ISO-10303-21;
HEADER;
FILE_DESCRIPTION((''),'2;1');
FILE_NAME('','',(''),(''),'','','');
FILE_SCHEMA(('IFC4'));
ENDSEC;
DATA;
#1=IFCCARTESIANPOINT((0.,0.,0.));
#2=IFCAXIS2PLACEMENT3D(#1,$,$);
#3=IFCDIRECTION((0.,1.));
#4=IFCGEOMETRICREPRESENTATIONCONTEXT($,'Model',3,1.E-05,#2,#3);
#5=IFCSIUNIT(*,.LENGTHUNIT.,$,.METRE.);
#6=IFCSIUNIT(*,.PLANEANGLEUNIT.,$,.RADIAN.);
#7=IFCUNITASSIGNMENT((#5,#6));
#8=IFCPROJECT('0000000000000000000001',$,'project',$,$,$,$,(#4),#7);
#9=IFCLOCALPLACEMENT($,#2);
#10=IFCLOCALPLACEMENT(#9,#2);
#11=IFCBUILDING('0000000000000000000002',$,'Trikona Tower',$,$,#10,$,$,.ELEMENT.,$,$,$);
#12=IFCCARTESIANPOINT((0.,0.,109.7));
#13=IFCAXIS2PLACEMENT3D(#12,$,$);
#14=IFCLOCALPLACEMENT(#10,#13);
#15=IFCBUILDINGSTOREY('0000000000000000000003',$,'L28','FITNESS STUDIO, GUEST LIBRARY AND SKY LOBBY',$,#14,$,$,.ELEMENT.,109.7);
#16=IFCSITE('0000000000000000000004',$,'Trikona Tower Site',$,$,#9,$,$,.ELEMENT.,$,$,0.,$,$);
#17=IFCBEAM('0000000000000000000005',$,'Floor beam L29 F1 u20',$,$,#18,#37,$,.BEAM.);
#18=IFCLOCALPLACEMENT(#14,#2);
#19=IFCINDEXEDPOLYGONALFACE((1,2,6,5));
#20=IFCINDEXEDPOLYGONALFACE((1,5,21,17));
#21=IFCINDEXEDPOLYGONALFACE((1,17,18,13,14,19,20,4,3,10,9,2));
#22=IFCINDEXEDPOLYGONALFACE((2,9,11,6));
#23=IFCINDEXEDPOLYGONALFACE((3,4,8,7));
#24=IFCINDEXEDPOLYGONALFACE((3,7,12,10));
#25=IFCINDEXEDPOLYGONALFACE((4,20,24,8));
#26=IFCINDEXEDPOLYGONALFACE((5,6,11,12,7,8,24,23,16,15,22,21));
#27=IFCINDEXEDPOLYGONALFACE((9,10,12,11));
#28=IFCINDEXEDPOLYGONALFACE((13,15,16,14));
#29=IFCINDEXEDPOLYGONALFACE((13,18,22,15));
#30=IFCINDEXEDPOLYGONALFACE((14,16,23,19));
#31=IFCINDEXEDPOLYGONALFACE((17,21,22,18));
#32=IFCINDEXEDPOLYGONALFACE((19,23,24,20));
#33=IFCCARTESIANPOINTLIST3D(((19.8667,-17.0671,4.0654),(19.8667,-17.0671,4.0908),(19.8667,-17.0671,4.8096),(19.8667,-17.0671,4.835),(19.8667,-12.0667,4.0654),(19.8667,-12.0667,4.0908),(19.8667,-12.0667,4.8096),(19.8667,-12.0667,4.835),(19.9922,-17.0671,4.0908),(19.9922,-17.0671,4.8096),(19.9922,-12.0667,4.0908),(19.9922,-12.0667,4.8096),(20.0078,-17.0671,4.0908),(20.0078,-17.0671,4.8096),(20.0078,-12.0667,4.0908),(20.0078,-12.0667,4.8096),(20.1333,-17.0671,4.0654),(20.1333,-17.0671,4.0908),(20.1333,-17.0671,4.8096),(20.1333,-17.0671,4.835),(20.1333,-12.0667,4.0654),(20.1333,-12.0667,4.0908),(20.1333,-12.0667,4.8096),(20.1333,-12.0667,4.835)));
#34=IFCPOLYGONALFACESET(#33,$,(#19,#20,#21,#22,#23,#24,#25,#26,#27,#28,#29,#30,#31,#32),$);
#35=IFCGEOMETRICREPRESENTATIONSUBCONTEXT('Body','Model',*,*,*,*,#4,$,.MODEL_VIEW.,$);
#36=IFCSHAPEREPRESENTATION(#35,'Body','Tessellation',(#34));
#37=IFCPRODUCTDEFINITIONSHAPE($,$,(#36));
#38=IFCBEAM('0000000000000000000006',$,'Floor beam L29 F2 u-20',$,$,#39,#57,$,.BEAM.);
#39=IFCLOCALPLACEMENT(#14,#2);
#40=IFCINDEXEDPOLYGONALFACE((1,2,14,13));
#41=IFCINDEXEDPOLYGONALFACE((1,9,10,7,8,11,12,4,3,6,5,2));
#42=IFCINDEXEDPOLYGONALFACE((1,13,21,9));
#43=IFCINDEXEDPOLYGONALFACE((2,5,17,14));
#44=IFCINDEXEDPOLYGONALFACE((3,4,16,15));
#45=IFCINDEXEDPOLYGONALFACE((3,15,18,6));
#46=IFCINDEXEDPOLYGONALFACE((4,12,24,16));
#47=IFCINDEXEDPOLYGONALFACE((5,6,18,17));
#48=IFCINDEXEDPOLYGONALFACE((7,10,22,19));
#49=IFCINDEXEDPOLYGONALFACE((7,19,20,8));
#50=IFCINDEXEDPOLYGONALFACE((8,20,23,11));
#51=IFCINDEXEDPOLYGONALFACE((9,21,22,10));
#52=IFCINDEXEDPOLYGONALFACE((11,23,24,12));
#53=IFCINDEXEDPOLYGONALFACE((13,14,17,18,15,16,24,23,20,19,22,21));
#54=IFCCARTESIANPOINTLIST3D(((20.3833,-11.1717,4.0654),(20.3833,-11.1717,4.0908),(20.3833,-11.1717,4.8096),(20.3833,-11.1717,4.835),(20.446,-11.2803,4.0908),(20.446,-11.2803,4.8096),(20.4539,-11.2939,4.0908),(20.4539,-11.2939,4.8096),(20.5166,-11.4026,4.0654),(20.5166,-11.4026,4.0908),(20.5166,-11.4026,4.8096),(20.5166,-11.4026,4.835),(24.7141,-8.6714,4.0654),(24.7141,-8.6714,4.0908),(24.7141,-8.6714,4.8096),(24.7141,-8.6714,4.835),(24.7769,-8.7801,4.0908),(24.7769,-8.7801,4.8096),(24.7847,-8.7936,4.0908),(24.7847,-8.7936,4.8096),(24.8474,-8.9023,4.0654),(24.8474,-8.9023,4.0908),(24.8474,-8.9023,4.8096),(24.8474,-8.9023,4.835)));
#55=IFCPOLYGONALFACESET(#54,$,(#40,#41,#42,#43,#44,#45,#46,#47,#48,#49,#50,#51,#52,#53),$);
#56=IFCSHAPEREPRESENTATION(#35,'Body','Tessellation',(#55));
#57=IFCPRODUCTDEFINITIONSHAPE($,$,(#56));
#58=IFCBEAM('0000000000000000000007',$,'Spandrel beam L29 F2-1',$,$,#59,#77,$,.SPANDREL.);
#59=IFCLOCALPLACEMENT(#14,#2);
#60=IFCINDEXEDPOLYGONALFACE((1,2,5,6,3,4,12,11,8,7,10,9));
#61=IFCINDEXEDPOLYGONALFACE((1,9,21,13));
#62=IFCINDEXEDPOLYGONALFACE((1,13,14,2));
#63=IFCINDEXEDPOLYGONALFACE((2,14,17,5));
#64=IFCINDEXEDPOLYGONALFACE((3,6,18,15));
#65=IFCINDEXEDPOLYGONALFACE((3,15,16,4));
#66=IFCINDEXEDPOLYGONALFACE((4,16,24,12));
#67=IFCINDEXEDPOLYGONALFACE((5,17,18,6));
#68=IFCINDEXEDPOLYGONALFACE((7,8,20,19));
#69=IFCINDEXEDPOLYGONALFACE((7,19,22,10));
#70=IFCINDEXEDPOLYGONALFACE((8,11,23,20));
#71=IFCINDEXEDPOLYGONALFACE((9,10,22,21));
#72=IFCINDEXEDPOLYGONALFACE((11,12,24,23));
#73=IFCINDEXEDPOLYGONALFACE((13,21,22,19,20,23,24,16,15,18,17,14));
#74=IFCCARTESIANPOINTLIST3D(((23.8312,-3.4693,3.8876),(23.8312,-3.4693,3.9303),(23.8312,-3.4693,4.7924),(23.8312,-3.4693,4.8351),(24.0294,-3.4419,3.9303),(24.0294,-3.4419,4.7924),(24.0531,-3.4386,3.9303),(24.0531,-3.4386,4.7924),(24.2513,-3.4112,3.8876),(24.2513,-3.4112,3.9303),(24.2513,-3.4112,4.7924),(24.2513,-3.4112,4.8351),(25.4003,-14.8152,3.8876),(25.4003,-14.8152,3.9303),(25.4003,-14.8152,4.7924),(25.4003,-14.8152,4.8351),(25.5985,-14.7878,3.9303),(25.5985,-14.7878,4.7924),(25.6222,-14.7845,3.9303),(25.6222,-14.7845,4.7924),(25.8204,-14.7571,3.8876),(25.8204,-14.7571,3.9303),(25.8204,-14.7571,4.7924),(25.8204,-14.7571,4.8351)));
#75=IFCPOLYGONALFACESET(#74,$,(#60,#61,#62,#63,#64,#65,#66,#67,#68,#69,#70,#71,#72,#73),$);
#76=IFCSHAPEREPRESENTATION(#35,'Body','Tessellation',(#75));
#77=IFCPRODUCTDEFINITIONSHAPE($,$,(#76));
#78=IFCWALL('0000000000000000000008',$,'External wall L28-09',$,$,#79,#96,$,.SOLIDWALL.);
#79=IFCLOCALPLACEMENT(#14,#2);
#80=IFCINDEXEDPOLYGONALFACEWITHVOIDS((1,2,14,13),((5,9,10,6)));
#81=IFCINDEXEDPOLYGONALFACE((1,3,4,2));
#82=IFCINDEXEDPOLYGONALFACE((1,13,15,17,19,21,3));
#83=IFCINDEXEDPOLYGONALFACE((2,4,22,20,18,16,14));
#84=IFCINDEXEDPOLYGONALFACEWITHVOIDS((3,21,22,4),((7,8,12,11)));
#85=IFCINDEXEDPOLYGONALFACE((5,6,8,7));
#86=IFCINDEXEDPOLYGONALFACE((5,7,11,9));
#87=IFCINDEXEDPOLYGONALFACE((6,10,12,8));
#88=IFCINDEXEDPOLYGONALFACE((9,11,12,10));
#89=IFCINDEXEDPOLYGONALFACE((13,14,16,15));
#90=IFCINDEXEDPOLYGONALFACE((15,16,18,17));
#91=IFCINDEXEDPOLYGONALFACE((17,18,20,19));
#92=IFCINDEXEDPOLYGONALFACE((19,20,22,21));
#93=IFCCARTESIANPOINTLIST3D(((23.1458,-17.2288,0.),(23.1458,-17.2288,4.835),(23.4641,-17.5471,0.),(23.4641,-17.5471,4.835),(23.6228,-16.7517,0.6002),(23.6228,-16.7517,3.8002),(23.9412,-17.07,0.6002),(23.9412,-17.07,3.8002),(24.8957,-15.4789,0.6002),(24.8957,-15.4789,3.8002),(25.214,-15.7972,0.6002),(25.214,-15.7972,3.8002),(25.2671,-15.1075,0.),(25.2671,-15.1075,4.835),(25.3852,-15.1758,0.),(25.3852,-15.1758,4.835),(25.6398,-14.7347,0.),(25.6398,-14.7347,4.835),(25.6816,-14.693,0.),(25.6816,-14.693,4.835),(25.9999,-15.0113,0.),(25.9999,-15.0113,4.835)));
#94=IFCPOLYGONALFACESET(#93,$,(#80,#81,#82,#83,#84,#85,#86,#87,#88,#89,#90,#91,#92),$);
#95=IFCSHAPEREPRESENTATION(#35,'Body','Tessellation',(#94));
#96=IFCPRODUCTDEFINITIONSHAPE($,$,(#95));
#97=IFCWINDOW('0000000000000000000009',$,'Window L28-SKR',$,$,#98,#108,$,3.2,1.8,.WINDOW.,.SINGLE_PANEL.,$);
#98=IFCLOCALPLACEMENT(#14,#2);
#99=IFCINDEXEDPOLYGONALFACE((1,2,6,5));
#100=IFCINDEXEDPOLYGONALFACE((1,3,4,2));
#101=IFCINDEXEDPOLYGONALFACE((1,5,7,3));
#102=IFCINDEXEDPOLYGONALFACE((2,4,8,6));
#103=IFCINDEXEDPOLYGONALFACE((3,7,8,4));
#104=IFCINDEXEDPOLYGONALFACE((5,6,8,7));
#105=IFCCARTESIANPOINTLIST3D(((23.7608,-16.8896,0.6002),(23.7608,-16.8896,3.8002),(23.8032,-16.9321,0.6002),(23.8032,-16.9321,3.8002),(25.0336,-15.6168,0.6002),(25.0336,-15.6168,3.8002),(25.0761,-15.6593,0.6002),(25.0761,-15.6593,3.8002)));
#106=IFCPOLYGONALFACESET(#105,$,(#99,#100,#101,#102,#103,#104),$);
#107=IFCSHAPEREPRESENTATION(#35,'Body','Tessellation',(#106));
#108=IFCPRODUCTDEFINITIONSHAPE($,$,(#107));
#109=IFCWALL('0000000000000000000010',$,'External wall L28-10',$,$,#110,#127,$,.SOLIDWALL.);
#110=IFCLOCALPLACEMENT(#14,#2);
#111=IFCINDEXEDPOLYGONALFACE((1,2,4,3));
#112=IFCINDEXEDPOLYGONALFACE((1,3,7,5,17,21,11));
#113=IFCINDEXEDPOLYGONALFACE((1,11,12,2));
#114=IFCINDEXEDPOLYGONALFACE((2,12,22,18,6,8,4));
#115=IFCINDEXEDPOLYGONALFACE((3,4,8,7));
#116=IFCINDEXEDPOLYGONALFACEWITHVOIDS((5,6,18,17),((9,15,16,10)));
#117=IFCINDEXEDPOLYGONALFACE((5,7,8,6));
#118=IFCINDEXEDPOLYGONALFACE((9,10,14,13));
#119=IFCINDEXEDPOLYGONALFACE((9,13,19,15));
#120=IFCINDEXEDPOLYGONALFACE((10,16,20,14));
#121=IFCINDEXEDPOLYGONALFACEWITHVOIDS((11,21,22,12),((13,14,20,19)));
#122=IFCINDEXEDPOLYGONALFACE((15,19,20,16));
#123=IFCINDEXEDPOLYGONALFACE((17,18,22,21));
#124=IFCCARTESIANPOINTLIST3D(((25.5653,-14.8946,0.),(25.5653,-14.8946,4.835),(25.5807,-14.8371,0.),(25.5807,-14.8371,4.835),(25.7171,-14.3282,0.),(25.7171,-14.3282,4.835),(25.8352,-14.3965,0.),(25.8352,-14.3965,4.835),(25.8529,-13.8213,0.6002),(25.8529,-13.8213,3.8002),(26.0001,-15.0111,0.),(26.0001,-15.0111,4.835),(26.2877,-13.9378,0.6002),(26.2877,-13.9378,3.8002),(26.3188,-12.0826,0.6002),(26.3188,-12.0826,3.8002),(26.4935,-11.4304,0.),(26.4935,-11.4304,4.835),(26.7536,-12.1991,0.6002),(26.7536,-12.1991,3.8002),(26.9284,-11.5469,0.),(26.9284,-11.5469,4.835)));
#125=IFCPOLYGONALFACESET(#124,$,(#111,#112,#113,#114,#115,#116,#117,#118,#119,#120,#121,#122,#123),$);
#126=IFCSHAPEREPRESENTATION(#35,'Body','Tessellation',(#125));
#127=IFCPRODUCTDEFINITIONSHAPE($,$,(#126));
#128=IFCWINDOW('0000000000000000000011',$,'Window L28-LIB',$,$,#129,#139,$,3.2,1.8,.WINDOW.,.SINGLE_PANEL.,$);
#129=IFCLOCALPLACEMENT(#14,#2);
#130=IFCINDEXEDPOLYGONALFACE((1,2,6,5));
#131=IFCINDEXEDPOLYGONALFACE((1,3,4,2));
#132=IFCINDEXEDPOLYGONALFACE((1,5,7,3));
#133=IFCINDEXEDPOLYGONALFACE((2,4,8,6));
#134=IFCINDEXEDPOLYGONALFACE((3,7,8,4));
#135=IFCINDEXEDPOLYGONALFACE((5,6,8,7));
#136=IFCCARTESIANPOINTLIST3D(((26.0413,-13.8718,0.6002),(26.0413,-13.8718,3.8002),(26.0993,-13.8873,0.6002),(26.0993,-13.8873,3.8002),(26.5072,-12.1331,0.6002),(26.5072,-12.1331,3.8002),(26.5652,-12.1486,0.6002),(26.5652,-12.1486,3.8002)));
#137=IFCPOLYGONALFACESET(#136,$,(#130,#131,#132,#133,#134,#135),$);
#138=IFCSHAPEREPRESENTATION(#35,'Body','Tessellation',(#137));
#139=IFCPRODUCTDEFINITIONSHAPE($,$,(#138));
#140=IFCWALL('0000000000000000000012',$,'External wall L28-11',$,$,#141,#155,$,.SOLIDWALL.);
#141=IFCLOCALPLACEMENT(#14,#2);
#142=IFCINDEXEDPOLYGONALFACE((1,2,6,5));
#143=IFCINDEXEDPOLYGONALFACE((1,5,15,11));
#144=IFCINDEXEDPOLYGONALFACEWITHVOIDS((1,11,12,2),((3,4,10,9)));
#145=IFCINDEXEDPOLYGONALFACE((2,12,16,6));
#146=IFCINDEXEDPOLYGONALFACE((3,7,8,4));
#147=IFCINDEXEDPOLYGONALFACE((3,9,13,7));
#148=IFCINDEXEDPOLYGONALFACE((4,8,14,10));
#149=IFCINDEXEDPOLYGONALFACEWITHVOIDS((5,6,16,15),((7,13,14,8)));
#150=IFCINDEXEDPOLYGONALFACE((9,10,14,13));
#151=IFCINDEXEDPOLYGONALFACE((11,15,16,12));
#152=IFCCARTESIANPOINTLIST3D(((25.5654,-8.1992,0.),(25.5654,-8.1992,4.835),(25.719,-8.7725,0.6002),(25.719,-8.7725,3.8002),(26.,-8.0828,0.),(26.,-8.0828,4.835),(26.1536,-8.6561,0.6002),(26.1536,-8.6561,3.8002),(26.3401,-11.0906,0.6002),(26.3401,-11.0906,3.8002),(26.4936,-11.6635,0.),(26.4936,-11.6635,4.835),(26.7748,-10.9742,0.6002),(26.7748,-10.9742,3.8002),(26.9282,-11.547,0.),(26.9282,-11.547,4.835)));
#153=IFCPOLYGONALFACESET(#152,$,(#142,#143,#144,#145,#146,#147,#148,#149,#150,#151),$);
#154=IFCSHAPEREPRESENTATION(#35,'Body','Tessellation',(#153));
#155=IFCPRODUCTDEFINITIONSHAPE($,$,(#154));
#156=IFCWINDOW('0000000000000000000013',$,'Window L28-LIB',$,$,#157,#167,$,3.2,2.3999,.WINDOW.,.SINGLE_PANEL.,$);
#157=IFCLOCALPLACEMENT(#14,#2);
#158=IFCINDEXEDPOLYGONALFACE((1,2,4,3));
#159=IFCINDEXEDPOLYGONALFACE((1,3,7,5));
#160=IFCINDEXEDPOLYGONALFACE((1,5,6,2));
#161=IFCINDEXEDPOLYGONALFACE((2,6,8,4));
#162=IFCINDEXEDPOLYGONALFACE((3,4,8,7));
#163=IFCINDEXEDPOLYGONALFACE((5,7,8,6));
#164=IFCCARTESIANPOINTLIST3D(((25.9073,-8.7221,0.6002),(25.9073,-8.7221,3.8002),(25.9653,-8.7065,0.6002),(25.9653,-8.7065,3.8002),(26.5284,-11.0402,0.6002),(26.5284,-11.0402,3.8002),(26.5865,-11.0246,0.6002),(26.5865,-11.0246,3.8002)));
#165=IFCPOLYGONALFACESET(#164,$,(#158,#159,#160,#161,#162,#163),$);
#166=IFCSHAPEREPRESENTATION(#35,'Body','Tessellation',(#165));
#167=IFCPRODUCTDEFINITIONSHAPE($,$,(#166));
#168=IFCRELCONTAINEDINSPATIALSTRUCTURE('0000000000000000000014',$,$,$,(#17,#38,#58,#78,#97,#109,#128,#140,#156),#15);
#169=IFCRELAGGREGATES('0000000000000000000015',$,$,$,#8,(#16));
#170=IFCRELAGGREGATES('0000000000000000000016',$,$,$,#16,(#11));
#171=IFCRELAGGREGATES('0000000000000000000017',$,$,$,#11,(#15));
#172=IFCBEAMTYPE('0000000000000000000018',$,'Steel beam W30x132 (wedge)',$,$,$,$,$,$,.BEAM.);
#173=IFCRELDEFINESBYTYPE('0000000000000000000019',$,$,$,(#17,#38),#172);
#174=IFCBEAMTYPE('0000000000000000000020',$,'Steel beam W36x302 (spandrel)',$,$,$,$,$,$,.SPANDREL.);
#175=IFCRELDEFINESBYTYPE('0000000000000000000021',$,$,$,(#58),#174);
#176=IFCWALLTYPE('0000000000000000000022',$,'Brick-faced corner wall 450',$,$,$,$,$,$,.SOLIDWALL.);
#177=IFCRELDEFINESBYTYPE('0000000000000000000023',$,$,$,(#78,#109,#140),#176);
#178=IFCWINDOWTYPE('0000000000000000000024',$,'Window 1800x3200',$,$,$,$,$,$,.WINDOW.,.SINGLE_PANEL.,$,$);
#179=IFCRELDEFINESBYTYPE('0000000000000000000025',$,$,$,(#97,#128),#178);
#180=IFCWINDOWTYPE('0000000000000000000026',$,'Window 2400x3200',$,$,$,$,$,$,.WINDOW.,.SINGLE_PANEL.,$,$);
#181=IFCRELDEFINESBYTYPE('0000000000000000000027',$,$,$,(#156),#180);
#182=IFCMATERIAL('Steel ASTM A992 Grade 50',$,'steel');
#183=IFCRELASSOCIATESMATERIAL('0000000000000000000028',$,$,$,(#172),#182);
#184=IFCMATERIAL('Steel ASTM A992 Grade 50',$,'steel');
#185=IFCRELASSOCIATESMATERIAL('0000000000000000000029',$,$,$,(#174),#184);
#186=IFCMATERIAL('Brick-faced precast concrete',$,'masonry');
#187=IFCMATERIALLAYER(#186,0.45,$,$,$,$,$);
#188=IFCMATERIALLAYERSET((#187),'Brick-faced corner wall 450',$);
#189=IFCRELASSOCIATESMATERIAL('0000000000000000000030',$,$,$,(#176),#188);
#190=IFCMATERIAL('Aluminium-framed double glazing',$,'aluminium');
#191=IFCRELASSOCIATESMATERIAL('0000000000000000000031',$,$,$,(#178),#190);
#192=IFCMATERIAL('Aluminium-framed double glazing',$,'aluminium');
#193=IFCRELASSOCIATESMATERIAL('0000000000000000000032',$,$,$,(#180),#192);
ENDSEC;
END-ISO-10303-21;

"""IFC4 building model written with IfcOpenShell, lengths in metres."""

from ifc_helpers import new_model, si_unit, direction, frame, frame_2d, origin, origin_2d, place, context, subcontext, project, spatial, polyline, rectangle, i_section, outline, extrude, material, layer, layer_set, material_profile, profile_set, type_object, element, fill, save


model = new_model("IFC4")

# Units and contexts
model_context = context("Model", 3, precision=1e-05, world=origin(), true_north=direction((0.0, 1.0)))
body_context = subcontext(model_context, "Body", "Model", "MODEL_VIEW")
ifc_project = project(units=[si_unit("LENGTHUNIT", "METRE"), si_unit("PLANEANGLEUNIT", "RADIAN")], contexts=[model_context])

# Site, building, storey
site_placement = place(None, origin())
site = spatial("IfcSite", under=ifc_project, at=site_placement, Name="Trikona Tower Site", CompositionType="ELEMENT", RefElevation=0.0)
building_placement = place(site_placement, origin())
building = spatial("IfcBuilding", under=site, at=building_placement, Name="Trikona Tower", CompositionType="ELEMENT")
storey_placement = place(building_placement, frame((0.0, 0.0, 109.7)))
storey = spatial("IfcBuildingStorey", under=building, at=storey_placement, Name="L28", Description="FITNESS STUDIO, GUEST LIBRARY AND SKY LOBBY", CompositionType="ELEMENT", Elevation=109.7)

# Beams
ifc_material_1 = material(Name="Steel ASTM A992 Grade 50", Category="steel")
ifc_material_profile_1 = material_profile(ifc_material_1, i_section(OverallWidth=0.2666, OverallDepth=0.7695, WebThickness=0.0156, FlangeThickness=0.0254, at=origin_2d()), Name="W30X132")
ifc_profile_set_1 = profile_set([ifc_material_profile_1], Name="Steel ASTM A992 Grade 50")
beam_type_1 = type_object("IfcBeamType", Name="Steel beam W30x132 (wedge)", PredefinedType="BEAM", material=ifc_profile_set_1)
beam_1_placement = place(storey_placement, frame((20.0, -12.0667, 4.4502), z_axis=(0.0, -1.0, 0.0), x_axis=(1.0, 0.0, 0.0)))
element("IfcBeam", 1, at=beam_1_placement, inside=storey, type_object=beam_type_1, Name="Floor beam L29 F1 u20", PredefinedType="BEAM", context=body_context, shape_type="SweptSolid", body=[
    extrude(i_section(OverallWidth=0.2666, OverallDepth=0.7695, WebThickness=0.0156, FlangeThickness=0.0254, at=origin_2d()), origin(), (0.0, 0.0, 1.0), 5.0005),
])
beam_2_placement = place(storey_placement, frame((20.45, -11.2871, 4.4502), z_axis=(0.866038, 0.499977, 0.0), x_axis=(-0.499977, 0.866038, 0.0)))
element("IfcBeam", 2, at=beam_2_placement, inside=storey, type_object=beam_type_1, Name="Floor beam L29 F2 u-20", PredefinedType="BEAM", context=body_context, shape_type="SweptSolid", body=[
    extrude(i_section(OverallWidth=0.2666, OverallDepth=0.7695, WebThickness=0.0156, FlangeThickness=0.0254, at=origin_2d()), origin(), (0.0, 0.0, 1.0), 5.0007),
])
ifc_material_2 = material(Name="Steel ASTM A992 Grade 50", Category="steel")
ifc_material_profile_2 = material_profile(ifc_material_2, i_section(OverallWidth=0.4241, OverallDepth=0.9475, WebThickness=0.0239, FlangeThickness=0.0427, at=origin_2d()), Name="W36X302")
ifc_profile_set_2 = profile_set([ifc_material_profile_2], Name="Steel ASTM A992 Grade 50")
beam_type_2 = type_object("IfcBeamType", Name="Steel beam W36x302 (spandrel)", PredefinedType="SPANDREL", material=ifc_profile_set_2)
beam_3_placement = place(storey_placement, frame((25.6104, -14.7861, 4.3613), z_axis=(-0.136992, 0.990572, 0.0), x_axis=(-0.990572, -0.136992, 0.0)))
element("IfcBeam", 3, at=beam_3_placement, inside=storey, type_object=beam_type_2, Name="Spandrel beam L29 F2-1", PredefinedType="SPANDREL", context=body_context, shape_type="SweptSolid", body=[
    extrude(i_section(OverallWidth=0.4241, OverallDepth=0.9475, WebThickness=0.0239, FlangeThickness=0.0427, at=origin_2d()), origin(), (0.0, 0.0, 1.0), 11.4539),
])

# Walls, openings, windows
ifc_material_3 = material(Name="Brick-faced precast concrete", Category="masonry")
ifc_layer_1 = layer(ifc_material_3, 0.45)
ifc_layer_set_1 = layer_set([ifc_layer_1], Name="Brick-faced corner wall 450")
wall_type_1 = type_object("IfcWallType", Name="Brick-faced corner wall 450", PredefinedType="SOLIDWALL", material=ifc_layer_set_1)
wall_1_placement = place(storey_placement, frame((23.3049, -17.3879, 0.0), z_axis=(0.0, 0.0, 1.0), x_axis=(0.707107, 0.707107, 0.0)))
wall_1 = element("IfcWall", 4, at=wall_1_placement, inside=storey, type_object=wall_type_1, Name="External wall L28-09", PredefinedType="SOLIDWALL", context=body_context, shape_type="SweptSolid", body=[
    extrude(outline(polyline([(3.5862, 0.2251), (3.5271, 0.2251), (3.0352, 0.0933), (3.0, 0.2251), (0.0, 0.2251), (0.0, -0.2251), (3.5862, -0.2251), (3.5862, 0.2251)])), origin(), (0.0, 0.0, 1.0), 4.835),
])
opening_1_placement = place(wall_1_placement, frame((0.6748, 0.0, 0.6001)))
opening_1 = element("IfcOpeningElement", 5, at=opening_1_placement, cuts=wall_1, PredefinedType="OPENING", context=body_context, shape_type="SweptSolid", body=[
    extrude(rectangle(XDim=1.8, YDim=3.2, at=frame_2d((0.8999, 1.6001))), frame((0.0, 0.2349, 0.0), z_axis=(0.0, -1.0, 0.0), x_axis=(1.0, 0.0, 0.0)), (0.0, 0.0, 1.0), 0.47),
])
ifc_material_4 = material(Name="Aluminium-framed double glazing", Category="aluminium")
window_type_1 = type_object("IfcWindowType", Name="Window 1800x3200", PartitioningType="SINGLE_PANEL", PredefinedType="WINDOW", material=ifc_material_4)
window_1_placement = place(opening_1_placement, origin())
window_1 = element("IfcWindow", 6, at=window_1_placement, inside=storey, type_object=window_type_1, Name="Window L28-SKR", OverallHeight=3.2, OverallWidth=1.8, PartitioningType="SINGLE_PANEL", PredefinedType="WINDOW", context=body_context, shape_type="SweptSolid", body=[
    extrude(rectangle(XDim=1.8, YDim=3.2, at=frame_2d((0.8999, 1.6001))), frame((0.0, 0.03, 0.0), z_axis=(0.0, -1.0, 0.0), x_axis=(1.0, 0.0, 0.0)), (0.0, 0.0, 1.0), 0.0601),
])
fill(opening_1, window_1)
wall_2_placement = place(storey_placement, frame((25.7827, -14.9529, 0.0), z_axis=(0.0, 0.0, 1.0), x_axis=(0.258823, 0.965925, 0.0)))
wall_2 = element("IfcWall", 7, at=wall_2_placement, inside=storey, type_object=wall_type_1, Name="External wall L28-10", PredefinedType="SOLIDWALL", context=body_context, shape_type="SweptSolid", body=[
    extrude(outline(polyline([(3.5864, 0.2251), (0.5864, 0.2251), (0.551, 0.0933), (0.0596, 0.2251), (0.0, 0.2251), (0.0, -0.2251), (3.5864, -0.2251), (3.5864, 0.2251)])), origin(), (0.0, 0.0, 1.0), 4.835),
])
opening_2_placement = place(wall_2_placement, frame((1.1113, 0.0, 0.6001)))
opening_2 = element("IfcOpeningElement", 8, at=opening_2_placement, cuts=wall_2, PredefinedType="OPENING", context=body_context, shape_type="SweptSolid", body=[
    extrude(rectangle(XDim=1.8, YDim=3.2, at=frame_2d((0.8999, 1.6001))), frame((0.0, 0.2349, 0.0), z_axis=(0.0, -1.0, 0.0), x_axis=(1.0, 0.0, 0.0)), (0.0, 0.0, 1.0), 0.47),
])
window_2_placement = place(opening_2_placement, origin())
window_2 = element("IfcWindow", 9, at=window_2_placement, inside=storey, type_object=window_type_1, Name="Window L28-LIB", OverallHeight=3.2, OverallWidth=1.8, PartitioningType="SINGLE_PANEL", PredefinedType="WINDOW", context=body_context, shape_type="SweptSolid", body=[
    extrude(rectangle(XDim=1.8, YDim=3.2, at=frame_2d((0.8999, 1.6001))), frame((0.0, 0.03, 0.0), z_axis=(0.0, -1.0, 0.0), x_axis=(1.0, 0.0, 0.0)), (0.0, 0.0, 1.0), 0.0601),
])
fill(opening_2, window_2)
wall_3_placement = place(storey_placement, frame((26.7109, -11.6052, 0.0), z_axis=(0.0, 0.0, 1.0), x_axis=(-0.258823, 0.965925, 0.0)))
wall_3 = element("IfcWall", 10, at=wall_3_placement, inside=storey, type_object=wall_type_1, Name="External wall L28-11", PredefinedType="SOLIDWALL", context=body_context, shape_type="SweptSolid", body=[
    extrude(rectangle(XDim=3.5864, YDim=0.45, at=frame_2d((1.7932, 0.0))), origin(), (0.0, 0.0, 1.0), 4.835),
])
opening_3_placement = place(wall_3_placement, frame((0.593, 0.0, 0.6001)))
opening_3 = element("IfcOpeningElement", 11, at=opening_3_placement, cuts=wall_3, PredefinedType="OPENING", context=body_context, shape_type="SweptSolid", body=[
    extrude(rectangle(XDim=2.3999, YDim=3.2, at=frame_2d((1.2, 1.6001))), frame((0.0, 0.2349, 0.0), z_axis=(0.0, -1.0, 0.0), x_axis=(1.0, 0.0, 0.0)), (0.0, 0.0, 1.0), 0.47),
])
ifc_material_5 = material(Name="Aluminium-framed double glazing", Category="aluminium")
window_type_2 = type_object("IfcWindowType", Name="Window 2400x3200", PartitioningType="SINGLE_PANEL", PredefinedType="WINDOW", material=ifc_material_5)
window_3_placement = place(opening_3_placement, origin())
window_3 = element("IfcWindow", 12, at=window_3_placement, inside=storey, type_object=window_type_2, Name="Window L28-LIB", OverallHeight=3.2, OverallWidth=2.3999, PartitioningType="SINGLE_PANEL", PredefinedType="WINDOW", context=body_context, shape_type="SweptSolid", body=[
    extrude(rectangle(XDim=2.3999, YDim=3.2, at=frame_2d((1.2, 1.6001))), frame((0.0, 0.03, 0.0), z_axis=(0.0, -1.0, 0.0), x_axis=(1.0, 0.0, 0.0)), (0.0, 0.0, 1.0), 0.0601),
])
fill(opening_3, window_3)

save(model, "model.ifc")
